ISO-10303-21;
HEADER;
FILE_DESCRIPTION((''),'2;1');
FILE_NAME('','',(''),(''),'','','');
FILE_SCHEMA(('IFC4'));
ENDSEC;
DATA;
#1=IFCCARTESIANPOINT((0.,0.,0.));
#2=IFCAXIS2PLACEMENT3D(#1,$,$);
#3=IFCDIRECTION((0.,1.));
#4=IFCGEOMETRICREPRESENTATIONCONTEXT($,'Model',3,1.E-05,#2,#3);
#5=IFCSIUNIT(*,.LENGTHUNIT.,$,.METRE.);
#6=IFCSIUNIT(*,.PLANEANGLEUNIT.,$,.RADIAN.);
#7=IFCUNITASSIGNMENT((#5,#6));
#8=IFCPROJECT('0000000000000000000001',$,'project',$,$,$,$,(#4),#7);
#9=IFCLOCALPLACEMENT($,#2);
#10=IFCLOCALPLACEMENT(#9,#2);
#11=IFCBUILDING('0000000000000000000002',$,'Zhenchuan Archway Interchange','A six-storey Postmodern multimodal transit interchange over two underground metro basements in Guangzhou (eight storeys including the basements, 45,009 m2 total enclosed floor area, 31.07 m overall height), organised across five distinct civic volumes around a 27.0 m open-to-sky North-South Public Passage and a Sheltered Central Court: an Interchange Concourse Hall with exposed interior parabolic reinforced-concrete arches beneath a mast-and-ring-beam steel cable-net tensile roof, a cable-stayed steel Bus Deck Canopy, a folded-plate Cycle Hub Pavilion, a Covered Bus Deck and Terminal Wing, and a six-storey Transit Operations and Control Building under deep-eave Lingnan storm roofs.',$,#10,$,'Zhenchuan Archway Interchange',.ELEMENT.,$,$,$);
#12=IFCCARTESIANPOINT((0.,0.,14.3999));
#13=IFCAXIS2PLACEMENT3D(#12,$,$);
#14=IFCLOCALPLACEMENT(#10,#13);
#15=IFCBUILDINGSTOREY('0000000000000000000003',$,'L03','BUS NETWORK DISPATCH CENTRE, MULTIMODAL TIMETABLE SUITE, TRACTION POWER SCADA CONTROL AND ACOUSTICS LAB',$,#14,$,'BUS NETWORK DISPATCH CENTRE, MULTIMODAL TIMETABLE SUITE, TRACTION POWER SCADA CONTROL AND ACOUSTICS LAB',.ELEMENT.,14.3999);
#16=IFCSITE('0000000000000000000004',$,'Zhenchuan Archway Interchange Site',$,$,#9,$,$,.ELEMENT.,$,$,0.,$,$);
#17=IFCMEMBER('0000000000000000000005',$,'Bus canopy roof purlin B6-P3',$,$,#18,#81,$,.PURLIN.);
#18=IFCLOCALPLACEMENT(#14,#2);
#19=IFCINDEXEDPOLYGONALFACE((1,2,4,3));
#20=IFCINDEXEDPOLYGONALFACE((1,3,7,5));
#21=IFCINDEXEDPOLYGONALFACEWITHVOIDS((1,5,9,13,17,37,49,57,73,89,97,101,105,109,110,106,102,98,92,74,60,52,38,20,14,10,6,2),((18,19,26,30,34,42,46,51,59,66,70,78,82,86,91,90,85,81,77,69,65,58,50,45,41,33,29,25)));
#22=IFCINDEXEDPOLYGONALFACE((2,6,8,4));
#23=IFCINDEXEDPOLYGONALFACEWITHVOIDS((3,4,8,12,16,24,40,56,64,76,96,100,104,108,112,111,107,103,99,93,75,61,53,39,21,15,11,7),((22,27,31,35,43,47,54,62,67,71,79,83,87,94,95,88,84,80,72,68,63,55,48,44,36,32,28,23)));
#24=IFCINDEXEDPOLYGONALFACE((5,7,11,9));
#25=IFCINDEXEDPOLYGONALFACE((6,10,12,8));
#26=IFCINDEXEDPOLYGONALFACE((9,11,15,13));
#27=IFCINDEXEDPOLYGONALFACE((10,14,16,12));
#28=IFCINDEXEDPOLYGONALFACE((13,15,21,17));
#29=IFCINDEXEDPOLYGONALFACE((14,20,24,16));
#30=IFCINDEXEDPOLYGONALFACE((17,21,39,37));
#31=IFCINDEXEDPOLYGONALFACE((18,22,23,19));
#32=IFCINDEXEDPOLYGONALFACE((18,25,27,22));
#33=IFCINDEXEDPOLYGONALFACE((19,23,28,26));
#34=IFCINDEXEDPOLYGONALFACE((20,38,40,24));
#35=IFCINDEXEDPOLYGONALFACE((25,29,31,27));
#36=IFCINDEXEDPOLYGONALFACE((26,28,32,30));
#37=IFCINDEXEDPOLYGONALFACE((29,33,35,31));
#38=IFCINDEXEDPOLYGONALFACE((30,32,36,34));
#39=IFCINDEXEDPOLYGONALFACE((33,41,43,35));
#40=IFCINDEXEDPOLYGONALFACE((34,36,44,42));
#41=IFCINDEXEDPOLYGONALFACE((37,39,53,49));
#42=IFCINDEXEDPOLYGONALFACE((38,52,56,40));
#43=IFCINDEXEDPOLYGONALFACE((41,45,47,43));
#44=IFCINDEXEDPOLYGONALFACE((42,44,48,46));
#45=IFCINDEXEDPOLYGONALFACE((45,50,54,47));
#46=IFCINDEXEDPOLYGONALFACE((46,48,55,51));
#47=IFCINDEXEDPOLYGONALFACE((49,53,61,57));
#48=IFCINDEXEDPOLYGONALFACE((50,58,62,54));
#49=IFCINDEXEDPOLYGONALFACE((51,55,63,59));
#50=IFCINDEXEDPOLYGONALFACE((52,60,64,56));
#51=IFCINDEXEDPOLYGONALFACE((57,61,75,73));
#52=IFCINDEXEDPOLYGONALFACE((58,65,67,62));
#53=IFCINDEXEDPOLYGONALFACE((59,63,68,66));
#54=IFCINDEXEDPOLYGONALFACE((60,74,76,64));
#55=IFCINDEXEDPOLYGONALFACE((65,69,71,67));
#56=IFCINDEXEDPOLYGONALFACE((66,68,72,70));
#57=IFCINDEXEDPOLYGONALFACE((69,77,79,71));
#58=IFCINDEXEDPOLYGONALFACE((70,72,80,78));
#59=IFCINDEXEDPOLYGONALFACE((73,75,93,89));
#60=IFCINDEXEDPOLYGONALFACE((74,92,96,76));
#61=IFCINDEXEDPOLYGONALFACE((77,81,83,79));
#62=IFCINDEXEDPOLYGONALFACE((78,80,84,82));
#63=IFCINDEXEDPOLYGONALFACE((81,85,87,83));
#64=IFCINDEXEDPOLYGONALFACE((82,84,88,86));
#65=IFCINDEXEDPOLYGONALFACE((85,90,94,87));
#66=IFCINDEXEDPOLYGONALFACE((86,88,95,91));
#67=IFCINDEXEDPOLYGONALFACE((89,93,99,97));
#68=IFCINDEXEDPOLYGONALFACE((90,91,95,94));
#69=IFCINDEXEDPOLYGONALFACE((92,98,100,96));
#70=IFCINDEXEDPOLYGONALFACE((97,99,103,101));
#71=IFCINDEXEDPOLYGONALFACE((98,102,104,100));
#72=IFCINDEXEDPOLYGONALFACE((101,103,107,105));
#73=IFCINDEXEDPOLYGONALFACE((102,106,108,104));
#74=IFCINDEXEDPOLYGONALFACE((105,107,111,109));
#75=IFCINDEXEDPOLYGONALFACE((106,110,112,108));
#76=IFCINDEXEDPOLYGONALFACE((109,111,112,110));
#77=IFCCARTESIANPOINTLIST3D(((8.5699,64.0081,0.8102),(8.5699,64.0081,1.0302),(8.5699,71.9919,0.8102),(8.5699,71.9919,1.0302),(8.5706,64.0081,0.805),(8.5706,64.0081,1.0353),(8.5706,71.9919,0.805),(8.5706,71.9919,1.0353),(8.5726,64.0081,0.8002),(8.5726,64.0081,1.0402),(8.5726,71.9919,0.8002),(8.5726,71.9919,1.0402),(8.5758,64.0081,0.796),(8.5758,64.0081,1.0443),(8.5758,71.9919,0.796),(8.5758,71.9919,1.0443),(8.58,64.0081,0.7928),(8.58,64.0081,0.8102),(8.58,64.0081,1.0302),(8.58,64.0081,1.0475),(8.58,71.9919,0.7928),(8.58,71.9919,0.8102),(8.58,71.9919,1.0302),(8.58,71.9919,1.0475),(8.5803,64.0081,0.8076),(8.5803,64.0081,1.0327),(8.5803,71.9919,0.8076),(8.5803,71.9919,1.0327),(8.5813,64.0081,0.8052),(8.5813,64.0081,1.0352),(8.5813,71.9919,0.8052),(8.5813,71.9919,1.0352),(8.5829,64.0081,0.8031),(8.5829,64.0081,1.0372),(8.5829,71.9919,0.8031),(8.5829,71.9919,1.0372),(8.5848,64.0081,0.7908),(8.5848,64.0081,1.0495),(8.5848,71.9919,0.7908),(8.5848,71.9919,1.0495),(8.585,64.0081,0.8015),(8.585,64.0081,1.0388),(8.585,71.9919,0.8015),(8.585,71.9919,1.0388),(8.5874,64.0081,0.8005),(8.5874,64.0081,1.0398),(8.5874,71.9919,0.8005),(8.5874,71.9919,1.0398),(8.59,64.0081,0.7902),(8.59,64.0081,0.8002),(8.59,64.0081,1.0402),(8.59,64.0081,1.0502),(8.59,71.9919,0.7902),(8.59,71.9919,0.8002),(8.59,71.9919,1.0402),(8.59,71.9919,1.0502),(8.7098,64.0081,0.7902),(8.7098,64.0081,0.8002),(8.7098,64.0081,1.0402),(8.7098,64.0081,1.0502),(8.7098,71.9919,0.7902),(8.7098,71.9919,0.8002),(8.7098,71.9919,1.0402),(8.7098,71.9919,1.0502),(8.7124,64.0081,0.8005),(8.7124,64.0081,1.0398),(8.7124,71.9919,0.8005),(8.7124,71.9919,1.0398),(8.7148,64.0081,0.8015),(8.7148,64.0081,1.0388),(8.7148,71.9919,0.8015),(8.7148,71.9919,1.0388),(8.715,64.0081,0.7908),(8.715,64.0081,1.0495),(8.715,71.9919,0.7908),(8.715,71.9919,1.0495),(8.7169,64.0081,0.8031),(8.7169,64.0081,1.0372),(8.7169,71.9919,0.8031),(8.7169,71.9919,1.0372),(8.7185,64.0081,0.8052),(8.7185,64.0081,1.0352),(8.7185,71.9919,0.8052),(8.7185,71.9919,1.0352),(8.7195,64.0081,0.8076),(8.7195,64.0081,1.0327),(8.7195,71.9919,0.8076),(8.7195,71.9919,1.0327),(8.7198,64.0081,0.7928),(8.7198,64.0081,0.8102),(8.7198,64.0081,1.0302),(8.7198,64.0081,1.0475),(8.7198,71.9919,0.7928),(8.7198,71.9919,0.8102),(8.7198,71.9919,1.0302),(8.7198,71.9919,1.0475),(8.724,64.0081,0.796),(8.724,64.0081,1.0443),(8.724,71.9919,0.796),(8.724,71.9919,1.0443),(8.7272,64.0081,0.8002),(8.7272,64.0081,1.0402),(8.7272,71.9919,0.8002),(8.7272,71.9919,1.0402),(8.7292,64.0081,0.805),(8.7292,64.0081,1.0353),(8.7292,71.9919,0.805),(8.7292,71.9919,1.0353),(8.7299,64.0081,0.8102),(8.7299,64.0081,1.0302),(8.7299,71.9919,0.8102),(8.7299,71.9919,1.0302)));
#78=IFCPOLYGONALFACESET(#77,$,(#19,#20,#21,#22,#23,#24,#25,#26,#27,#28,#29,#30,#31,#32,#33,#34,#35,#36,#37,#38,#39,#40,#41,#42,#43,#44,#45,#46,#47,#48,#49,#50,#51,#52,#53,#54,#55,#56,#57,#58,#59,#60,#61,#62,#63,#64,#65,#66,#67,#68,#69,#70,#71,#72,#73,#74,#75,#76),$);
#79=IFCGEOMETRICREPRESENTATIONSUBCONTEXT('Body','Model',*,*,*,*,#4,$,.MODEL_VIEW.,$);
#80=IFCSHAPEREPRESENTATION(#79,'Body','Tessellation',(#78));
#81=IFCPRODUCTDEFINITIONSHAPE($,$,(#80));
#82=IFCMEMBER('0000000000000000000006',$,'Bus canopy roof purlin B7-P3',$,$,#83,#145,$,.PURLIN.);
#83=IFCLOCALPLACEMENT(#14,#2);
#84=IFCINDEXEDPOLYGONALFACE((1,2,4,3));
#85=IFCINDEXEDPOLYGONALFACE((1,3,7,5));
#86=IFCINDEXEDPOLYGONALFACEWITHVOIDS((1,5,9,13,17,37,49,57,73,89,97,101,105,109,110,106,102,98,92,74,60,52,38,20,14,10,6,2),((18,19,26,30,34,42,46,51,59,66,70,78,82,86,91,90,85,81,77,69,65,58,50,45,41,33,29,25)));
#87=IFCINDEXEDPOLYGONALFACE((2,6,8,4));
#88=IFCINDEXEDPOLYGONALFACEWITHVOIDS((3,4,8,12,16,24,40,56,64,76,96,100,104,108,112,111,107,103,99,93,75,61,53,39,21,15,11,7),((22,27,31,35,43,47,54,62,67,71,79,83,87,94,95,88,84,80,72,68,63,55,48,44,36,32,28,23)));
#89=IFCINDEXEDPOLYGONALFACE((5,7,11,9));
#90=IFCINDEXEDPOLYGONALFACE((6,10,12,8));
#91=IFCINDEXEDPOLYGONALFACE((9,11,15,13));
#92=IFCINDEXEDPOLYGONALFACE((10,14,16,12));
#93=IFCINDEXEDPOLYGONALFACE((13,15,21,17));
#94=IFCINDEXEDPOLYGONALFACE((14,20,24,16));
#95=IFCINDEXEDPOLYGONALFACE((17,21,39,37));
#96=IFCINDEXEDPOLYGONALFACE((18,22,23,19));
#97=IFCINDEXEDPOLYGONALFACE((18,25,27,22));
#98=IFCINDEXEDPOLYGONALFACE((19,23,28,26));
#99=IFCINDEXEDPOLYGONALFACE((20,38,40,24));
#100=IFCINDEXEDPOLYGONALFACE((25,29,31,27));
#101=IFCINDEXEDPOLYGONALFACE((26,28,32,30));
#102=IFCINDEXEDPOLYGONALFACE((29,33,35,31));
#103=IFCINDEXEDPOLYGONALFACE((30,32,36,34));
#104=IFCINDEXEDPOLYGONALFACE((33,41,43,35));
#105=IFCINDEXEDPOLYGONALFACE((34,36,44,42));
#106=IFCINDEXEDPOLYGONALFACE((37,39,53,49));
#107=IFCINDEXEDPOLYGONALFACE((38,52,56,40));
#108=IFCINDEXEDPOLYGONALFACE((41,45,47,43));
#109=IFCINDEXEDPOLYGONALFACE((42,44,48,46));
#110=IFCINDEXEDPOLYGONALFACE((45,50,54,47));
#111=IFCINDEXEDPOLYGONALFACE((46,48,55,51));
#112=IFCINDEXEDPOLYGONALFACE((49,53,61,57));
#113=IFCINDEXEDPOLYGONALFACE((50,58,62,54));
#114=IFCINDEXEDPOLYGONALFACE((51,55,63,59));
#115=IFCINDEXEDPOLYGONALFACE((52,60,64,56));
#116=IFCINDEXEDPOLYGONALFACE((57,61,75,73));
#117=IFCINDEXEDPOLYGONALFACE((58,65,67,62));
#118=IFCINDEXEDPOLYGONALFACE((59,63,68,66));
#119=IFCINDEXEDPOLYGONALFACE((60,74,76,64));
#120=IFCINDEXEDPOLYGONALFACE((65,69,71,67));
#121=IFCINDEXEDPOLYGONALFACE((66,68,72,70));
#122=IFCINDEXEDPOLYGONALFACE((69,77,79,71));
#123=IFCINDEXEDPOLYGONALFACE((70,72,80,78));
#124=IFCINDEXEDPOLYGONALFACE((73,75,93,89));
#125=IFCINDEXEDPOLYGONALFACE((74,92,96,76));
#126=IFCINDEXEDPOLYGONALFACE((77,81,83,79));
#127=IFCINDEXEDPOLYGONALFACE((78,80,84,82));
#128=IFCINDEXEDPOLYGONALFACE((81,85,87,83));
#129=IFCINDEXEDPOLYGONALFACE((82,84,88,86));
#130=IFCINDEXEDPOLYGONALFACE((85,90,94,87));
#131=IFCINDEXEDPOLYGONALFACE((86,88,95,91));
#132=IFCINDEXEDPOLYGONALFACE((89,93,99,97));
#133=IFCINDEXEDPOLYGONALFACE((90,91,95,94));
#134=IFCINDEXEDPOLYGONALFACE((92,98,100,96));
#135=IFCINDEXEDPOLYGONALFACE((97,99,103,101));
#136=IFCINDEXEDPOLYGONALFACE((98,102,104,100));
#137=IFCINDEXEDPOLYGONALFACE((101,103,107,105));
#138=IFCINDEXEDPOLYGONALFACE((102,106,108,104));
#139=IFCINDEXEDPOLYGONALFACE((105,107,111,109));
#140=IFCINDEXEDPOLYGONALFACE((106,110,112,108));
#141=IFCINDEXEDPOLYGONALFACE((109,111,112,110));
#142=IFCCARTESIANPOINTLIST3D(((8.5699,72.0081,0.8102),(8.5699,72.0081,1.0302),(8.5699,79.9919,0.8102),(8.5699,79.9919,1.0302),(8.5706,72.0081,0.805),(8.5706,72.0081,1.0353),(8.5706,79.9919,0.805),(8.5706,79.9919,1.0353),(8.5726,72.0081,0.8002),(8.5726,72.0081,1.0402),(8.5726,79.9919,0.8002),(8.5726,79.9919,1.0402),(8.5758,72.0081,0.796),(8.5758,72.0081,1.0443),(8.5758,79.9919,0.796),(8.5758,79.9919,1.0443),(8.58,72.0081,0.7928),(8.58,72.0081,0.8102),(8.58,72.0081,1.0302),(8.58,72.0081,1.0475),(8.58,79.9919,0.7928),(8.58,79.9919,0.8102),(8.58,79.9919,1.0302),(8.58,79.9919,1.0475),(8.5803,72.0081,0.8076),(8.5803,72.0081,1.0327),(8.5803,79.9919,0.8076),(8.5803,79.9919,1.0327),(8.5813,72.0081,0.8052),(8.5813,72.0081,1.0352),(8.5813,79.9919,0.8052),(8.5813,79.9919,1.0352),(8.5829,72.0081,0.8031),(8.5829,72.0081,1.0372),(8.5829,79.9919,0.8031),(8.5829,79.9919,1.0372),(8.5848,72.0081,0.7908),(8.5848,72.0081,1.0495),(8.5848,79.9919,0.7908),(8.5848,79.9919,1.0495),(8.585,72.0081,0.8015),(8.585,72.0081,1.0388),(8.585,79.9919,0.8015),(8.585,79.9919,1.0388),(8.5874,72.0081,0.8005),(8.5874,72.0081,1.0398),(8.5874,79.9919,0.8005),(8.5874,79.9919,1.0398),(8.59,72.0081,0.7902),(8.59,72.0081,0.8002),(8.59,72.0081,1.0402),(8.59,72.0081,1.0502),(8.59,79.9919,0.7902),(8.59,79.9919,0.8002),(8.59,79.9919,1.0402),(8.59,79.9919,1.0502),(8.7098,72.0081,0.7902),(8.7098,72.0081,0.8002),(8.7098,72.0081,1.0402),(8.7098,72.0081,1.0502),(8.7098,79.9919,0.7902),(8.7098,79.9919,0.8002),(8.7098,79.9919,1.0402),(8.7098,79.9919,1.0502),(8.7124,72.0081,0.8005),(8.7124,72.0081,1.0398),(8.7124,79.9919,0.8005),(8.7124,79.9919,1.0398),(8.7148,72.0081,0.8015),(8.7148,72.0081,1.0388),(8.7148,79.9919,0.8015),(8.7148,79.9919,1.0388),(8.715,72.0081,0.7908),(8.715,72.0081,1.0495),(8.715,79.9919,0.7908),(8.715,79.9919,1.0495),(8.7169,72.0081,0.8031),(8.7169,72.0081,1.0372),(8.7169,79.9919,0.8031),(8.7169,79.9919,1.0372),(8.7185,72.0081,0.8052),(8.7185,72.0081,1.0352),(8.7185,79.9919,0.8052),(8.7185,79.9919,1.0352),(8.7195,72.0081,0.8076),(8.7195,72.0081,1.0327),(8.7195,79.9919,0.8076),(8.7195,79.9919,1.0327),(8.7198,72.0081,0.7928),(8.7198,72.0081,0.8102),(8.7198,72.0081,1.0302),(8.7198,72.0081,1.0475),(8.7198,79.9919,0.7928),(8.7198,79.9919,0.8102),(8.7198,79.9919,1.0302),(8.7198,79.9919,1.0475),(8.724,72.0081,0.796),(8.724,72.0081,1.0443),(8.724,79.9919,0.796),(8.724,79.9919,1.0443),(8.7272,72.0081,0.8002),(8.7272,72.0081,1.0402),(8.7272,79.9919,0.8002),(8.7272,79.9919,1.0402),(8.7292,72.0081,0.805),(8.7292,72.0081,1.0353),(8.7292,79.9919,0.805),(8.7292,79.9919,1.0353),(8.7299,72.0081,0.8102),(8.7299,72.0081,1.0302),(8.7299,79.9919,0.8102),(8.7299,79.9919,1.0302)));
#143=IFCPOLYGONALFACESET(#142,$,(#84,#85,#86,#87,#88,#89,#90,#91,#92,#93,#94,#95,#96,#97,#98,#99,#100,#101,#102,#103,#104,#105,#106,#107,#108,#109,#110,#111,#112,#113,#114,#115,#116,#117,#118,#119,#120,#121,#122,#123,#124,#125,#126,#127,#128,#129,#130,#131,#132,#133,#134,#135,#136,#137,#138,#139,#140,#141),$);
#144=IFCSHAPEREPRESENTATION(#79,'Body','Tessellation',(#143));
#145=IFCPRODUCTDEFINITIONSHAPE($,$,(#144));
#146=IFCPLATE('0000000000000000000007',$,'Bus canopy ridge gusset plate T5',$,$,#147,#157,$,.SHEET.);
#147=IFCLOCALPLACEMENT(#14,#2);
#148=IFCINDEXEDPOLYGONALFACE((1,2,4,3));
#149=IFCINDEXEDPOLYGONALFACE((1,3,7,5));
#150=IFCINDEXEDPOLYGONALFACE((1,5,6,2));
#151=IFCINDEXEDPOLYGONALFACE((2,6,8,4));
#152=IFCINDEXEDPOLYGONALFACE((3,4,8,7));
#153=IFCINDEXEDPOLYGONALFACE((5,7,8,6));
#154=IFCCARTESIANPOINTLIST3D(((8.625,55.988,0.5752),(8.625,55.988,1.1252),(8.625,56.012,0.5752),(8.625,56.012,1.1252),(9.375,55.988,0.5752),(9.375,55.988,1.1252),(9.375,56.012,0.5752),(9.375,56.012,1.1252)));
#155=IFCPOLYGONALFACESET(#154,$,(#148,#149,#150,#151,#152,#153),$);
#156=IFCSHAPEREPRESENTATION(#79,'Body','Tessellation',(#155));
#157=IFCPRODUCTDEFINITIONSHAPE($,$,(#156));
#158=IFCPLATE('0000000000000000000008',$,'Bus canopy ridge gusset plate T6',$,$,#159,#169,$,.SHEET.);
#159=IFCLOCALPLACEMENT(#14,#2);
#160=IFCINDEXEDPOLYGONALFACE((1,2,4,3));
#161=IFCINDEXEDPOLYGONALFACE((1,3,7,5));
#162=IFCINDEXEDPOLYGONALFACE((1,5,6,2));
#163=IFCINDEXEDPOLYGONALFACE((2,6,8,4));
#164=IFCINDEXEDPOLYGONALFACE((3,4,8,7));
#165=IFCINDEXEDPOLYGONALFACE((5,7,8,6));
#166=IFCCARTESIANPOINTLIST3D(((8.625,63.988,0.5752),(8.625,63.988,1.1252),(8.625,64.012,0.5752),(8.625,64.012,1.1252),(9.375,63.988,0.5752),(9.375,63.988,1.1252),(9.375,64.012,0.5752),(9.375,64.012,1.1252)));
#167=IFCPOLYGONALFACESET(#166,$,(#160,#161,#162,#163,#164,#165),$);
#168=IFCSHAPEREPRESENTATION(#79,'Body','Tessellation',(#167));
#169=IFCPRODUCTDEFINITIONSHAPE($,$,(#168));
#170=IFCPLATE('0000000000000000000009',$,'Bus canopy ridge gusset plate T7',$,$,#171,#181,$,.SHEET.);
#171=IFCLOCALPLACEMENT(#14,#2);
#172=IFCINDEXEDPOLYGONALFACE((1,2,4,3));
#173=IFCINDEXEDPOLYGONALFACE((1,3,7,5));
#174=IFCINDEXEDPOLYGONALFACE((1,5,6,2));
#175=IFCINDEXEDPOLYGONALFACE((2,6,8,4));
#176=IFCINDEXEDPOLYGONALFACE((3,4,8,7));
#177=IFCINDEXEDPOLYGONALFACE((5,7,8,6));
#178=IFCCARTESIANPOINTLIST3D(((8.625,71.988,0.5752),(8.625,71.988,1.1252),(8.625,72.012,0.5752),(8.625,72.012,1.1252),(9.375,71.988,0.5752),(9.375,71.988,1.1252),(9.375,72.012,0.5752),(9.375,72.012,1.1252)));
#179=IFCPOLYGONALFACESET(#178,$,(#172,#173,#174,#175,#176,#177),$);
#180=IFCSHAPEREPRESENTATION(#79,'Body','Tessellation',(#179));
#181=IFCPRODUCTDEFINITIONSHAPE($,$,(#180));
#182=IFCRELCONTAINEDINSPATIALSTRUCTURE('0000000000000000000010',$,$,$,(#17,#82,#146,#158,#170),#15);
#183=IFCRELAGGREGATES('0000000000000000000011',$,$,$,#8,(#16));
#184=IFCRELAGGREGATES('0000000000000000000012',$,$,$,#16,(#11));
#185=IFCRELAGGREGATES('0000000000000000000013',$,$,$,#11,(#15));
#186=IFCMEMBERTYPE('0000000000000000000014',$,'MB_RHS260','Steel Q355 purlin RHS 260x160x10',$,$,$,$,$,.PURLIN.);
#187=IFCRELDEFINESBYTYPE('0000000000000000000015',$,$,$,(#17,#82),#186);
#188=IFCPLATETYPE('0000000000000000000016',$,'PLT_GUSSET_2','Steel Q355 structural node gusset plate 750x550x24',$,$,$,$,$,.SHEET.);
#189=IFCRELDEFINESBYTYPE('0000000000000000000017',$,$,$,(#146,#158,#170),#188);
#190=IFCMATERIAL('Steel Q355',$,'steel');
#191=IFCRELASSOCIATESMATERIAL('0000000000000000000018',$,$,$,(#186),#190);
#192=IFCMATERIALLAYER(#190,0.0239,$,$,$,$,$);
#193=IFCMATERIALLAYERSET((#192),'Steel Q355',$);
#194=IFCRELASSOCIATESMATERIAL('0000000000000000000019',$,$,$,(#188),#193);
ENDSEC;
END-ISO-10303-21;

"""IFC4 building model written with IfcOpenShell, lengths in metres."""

from ifc_helpers import new_model, si_unit, direction, frame, origin, origin_2d, place, context, subcontext, project, spatial, rectangle, hollow_rectangle, extrude, material, layer, layer_set, material_profile, profile_set, type_object, element, save


model = new_model("IFC4")

# Units and contexts
model_context = context("Model", 3, precision=1e-05, world=origin(), true_north=direction((0.0, 1.0)))
body_context = subcontext(model_context, "Body", "Model", "MODEL_VIEW")
ifc_project = project(units=[si_unit("LENGTHUNIT", "METRE"), si_unit("PLANEANGLEUNIT", "RADIAN")], contexts=[model_context])

# Site, building, storey
site_placement = place(None, origin())
site = spatial("IfcSite", under=ifc_project, at=site_placement, Name="Zhenchuan Archway Interchange Site", CompositionType="ELEMENT", RefElevation=0.0)
building_placement = place(site_placement, origin())
building = spatial("IfcBuilding", under=site, at=building_placement, Name="Zhenchuan Archway Interchange", Description="A six-storey Postmodern multimodal transit interchange over two underground metro basements in Guangzhou (eight storeys including the basements, 45,009 m2 total enclosed floor area, 31.07 m overall height), organised across five distinct civic volumes around a 27.0 m open-to-sky North-South Public Passage and a Sheltered Central Court: an Interchange Concourse Hall with exposed interior parabolic reinforced-concrete arches beneath a mast-and-ring-beam steel cable-net tensile roof, a cable-stayed steel Bus Deck Canopy, a folded-plate Cycle Hub Pavilion, a Covered Bus Deck and Terminal Wing, and a six-storey Transit Operations and Control Building under deep-eave Lingnan storm roofs.", LongName="Zhenchuan Archway Interchange", CompositionType="ELEMENT")
storey_placement = place(building_placement, frame((0.0, 0.0, 14.3999)))
storey = spatial("IfcBuildingStorey", under=building, at=storey_placement, Name="L03", Description="BUS NETWORK DISPATCH CENTRE, MULTIMODAL TIMETABLE SUITE, TRACTION POWER SCADA CONTROL AND ACOUSTICS LAB", LongName="BUS NETWORK DISPATCH CENTRE, MULTIMODAL TIMETABLE SUITE, TRACTION POWER SCADA CONTROL AND ACOUSTICS LAB", CompositionType="ELEMENT", Elevation=14.3999)

# Shared definitions
ifc_material_1 = material(Name="Steel Q355", Category="steel")

# Members
ifc_material_profile_1 = material_profile(ifc_material_1, hollow_rectangle(XDim=0.1599, YDim=0.26, WallThickness=0.01, InnerFilletRadius=0.01, OuterFilletRadius=0.02, at=origin_2d()), Name="RHS 260x160x10")
ifc_profile_set_1 = profile_set([ifc_material_profile_1], Name="Steel Q355")
member_type_1 = type_object("IfcMemberType", Name="MB_RHS260", Description="Steel Q355 purlin RHS 260x160x10", PredefinedType="PURLIN", material=ifc_profile_set_1)
for number, where, z_axis, x_axis, name in (
    (1, (8.6499, 64.0081, 0.9202), (0.0, 1.0, 0.0), (-1.0, 0.0, 0.0), "Bus canopy roof purlin B6-P3"),
    (2, (8.6499, 72.0081, 0.9202), (0.0, 1.0, 0.0), (-1.0, 0.0, 0.0), "Bus canopy roof purlin B7-P3"),
):
    element("IfcMember", number, at=place(storey_placement, frame(where, z_axis=z_axis, x_axis=x_axis)), inside=storey, type_object=member_type_1, Name=name, PredefinedType="PURLIN", context=body_context, shape_type="SweptSolid", body=[
        extrude(hollow_rectangle(XDim=0.1599, YDim=0.26, WallThickness=0.01, InnerFilletRadius=0.01, OuterFilletRadius=0.02, at=origin_2d()), origin(), (0.0, 0.0, 1.0), 7.9839),
    ])

# Plates
ifc_layer = layer(ifc_material_1, 0.0239)
ifc_layer_set = layer_set([ifc_layer], Name="Steel Q355")
plate_type = type_object("IfcPlateType", Name="PLT_GUSSET_2", Description="Steel Q355 structural node gusset plate 750x550x24", PredefinedType="SHEET", material=ifc_layer_set)
for number, where, z_axis, x_axis, name in (
    (3, (9.0, 56.0, 0.5752), (0.0, 0.0, 1.0), (1.0, 0.0, 0.0), "Bus canopy ridge gusset plate T5"),
    (4, (9.0, 64.0, 0.5752), (0.0, 0.0, 1.0), (1.0, 0.0, 0.0), "Bus canopy ridge gusset plate T6"),
    (5, (9.0, 72.0, 0.5752), (0.0, 0.0, 1.0), (1.0, 0.0, 0.0), "Bus canopy ridge gusset plate T7"),
):
    element("IfcPlate", number, at=place(storey_placement, frame(where, z_axis=z_axis, x_axis=x_axis)), inside=storey, type_object=plate_type, Name=name, PredefinedType="SHEET", context=body_context, shape_type="SweptSolid", body=[
        extrude(rectangle(XDim=0.75, YDim=0.0239, at=origin_2d()), origin(), (0.0, 0.0, 1.0), 0.55),
    ])

save(model, "model.ifc")
